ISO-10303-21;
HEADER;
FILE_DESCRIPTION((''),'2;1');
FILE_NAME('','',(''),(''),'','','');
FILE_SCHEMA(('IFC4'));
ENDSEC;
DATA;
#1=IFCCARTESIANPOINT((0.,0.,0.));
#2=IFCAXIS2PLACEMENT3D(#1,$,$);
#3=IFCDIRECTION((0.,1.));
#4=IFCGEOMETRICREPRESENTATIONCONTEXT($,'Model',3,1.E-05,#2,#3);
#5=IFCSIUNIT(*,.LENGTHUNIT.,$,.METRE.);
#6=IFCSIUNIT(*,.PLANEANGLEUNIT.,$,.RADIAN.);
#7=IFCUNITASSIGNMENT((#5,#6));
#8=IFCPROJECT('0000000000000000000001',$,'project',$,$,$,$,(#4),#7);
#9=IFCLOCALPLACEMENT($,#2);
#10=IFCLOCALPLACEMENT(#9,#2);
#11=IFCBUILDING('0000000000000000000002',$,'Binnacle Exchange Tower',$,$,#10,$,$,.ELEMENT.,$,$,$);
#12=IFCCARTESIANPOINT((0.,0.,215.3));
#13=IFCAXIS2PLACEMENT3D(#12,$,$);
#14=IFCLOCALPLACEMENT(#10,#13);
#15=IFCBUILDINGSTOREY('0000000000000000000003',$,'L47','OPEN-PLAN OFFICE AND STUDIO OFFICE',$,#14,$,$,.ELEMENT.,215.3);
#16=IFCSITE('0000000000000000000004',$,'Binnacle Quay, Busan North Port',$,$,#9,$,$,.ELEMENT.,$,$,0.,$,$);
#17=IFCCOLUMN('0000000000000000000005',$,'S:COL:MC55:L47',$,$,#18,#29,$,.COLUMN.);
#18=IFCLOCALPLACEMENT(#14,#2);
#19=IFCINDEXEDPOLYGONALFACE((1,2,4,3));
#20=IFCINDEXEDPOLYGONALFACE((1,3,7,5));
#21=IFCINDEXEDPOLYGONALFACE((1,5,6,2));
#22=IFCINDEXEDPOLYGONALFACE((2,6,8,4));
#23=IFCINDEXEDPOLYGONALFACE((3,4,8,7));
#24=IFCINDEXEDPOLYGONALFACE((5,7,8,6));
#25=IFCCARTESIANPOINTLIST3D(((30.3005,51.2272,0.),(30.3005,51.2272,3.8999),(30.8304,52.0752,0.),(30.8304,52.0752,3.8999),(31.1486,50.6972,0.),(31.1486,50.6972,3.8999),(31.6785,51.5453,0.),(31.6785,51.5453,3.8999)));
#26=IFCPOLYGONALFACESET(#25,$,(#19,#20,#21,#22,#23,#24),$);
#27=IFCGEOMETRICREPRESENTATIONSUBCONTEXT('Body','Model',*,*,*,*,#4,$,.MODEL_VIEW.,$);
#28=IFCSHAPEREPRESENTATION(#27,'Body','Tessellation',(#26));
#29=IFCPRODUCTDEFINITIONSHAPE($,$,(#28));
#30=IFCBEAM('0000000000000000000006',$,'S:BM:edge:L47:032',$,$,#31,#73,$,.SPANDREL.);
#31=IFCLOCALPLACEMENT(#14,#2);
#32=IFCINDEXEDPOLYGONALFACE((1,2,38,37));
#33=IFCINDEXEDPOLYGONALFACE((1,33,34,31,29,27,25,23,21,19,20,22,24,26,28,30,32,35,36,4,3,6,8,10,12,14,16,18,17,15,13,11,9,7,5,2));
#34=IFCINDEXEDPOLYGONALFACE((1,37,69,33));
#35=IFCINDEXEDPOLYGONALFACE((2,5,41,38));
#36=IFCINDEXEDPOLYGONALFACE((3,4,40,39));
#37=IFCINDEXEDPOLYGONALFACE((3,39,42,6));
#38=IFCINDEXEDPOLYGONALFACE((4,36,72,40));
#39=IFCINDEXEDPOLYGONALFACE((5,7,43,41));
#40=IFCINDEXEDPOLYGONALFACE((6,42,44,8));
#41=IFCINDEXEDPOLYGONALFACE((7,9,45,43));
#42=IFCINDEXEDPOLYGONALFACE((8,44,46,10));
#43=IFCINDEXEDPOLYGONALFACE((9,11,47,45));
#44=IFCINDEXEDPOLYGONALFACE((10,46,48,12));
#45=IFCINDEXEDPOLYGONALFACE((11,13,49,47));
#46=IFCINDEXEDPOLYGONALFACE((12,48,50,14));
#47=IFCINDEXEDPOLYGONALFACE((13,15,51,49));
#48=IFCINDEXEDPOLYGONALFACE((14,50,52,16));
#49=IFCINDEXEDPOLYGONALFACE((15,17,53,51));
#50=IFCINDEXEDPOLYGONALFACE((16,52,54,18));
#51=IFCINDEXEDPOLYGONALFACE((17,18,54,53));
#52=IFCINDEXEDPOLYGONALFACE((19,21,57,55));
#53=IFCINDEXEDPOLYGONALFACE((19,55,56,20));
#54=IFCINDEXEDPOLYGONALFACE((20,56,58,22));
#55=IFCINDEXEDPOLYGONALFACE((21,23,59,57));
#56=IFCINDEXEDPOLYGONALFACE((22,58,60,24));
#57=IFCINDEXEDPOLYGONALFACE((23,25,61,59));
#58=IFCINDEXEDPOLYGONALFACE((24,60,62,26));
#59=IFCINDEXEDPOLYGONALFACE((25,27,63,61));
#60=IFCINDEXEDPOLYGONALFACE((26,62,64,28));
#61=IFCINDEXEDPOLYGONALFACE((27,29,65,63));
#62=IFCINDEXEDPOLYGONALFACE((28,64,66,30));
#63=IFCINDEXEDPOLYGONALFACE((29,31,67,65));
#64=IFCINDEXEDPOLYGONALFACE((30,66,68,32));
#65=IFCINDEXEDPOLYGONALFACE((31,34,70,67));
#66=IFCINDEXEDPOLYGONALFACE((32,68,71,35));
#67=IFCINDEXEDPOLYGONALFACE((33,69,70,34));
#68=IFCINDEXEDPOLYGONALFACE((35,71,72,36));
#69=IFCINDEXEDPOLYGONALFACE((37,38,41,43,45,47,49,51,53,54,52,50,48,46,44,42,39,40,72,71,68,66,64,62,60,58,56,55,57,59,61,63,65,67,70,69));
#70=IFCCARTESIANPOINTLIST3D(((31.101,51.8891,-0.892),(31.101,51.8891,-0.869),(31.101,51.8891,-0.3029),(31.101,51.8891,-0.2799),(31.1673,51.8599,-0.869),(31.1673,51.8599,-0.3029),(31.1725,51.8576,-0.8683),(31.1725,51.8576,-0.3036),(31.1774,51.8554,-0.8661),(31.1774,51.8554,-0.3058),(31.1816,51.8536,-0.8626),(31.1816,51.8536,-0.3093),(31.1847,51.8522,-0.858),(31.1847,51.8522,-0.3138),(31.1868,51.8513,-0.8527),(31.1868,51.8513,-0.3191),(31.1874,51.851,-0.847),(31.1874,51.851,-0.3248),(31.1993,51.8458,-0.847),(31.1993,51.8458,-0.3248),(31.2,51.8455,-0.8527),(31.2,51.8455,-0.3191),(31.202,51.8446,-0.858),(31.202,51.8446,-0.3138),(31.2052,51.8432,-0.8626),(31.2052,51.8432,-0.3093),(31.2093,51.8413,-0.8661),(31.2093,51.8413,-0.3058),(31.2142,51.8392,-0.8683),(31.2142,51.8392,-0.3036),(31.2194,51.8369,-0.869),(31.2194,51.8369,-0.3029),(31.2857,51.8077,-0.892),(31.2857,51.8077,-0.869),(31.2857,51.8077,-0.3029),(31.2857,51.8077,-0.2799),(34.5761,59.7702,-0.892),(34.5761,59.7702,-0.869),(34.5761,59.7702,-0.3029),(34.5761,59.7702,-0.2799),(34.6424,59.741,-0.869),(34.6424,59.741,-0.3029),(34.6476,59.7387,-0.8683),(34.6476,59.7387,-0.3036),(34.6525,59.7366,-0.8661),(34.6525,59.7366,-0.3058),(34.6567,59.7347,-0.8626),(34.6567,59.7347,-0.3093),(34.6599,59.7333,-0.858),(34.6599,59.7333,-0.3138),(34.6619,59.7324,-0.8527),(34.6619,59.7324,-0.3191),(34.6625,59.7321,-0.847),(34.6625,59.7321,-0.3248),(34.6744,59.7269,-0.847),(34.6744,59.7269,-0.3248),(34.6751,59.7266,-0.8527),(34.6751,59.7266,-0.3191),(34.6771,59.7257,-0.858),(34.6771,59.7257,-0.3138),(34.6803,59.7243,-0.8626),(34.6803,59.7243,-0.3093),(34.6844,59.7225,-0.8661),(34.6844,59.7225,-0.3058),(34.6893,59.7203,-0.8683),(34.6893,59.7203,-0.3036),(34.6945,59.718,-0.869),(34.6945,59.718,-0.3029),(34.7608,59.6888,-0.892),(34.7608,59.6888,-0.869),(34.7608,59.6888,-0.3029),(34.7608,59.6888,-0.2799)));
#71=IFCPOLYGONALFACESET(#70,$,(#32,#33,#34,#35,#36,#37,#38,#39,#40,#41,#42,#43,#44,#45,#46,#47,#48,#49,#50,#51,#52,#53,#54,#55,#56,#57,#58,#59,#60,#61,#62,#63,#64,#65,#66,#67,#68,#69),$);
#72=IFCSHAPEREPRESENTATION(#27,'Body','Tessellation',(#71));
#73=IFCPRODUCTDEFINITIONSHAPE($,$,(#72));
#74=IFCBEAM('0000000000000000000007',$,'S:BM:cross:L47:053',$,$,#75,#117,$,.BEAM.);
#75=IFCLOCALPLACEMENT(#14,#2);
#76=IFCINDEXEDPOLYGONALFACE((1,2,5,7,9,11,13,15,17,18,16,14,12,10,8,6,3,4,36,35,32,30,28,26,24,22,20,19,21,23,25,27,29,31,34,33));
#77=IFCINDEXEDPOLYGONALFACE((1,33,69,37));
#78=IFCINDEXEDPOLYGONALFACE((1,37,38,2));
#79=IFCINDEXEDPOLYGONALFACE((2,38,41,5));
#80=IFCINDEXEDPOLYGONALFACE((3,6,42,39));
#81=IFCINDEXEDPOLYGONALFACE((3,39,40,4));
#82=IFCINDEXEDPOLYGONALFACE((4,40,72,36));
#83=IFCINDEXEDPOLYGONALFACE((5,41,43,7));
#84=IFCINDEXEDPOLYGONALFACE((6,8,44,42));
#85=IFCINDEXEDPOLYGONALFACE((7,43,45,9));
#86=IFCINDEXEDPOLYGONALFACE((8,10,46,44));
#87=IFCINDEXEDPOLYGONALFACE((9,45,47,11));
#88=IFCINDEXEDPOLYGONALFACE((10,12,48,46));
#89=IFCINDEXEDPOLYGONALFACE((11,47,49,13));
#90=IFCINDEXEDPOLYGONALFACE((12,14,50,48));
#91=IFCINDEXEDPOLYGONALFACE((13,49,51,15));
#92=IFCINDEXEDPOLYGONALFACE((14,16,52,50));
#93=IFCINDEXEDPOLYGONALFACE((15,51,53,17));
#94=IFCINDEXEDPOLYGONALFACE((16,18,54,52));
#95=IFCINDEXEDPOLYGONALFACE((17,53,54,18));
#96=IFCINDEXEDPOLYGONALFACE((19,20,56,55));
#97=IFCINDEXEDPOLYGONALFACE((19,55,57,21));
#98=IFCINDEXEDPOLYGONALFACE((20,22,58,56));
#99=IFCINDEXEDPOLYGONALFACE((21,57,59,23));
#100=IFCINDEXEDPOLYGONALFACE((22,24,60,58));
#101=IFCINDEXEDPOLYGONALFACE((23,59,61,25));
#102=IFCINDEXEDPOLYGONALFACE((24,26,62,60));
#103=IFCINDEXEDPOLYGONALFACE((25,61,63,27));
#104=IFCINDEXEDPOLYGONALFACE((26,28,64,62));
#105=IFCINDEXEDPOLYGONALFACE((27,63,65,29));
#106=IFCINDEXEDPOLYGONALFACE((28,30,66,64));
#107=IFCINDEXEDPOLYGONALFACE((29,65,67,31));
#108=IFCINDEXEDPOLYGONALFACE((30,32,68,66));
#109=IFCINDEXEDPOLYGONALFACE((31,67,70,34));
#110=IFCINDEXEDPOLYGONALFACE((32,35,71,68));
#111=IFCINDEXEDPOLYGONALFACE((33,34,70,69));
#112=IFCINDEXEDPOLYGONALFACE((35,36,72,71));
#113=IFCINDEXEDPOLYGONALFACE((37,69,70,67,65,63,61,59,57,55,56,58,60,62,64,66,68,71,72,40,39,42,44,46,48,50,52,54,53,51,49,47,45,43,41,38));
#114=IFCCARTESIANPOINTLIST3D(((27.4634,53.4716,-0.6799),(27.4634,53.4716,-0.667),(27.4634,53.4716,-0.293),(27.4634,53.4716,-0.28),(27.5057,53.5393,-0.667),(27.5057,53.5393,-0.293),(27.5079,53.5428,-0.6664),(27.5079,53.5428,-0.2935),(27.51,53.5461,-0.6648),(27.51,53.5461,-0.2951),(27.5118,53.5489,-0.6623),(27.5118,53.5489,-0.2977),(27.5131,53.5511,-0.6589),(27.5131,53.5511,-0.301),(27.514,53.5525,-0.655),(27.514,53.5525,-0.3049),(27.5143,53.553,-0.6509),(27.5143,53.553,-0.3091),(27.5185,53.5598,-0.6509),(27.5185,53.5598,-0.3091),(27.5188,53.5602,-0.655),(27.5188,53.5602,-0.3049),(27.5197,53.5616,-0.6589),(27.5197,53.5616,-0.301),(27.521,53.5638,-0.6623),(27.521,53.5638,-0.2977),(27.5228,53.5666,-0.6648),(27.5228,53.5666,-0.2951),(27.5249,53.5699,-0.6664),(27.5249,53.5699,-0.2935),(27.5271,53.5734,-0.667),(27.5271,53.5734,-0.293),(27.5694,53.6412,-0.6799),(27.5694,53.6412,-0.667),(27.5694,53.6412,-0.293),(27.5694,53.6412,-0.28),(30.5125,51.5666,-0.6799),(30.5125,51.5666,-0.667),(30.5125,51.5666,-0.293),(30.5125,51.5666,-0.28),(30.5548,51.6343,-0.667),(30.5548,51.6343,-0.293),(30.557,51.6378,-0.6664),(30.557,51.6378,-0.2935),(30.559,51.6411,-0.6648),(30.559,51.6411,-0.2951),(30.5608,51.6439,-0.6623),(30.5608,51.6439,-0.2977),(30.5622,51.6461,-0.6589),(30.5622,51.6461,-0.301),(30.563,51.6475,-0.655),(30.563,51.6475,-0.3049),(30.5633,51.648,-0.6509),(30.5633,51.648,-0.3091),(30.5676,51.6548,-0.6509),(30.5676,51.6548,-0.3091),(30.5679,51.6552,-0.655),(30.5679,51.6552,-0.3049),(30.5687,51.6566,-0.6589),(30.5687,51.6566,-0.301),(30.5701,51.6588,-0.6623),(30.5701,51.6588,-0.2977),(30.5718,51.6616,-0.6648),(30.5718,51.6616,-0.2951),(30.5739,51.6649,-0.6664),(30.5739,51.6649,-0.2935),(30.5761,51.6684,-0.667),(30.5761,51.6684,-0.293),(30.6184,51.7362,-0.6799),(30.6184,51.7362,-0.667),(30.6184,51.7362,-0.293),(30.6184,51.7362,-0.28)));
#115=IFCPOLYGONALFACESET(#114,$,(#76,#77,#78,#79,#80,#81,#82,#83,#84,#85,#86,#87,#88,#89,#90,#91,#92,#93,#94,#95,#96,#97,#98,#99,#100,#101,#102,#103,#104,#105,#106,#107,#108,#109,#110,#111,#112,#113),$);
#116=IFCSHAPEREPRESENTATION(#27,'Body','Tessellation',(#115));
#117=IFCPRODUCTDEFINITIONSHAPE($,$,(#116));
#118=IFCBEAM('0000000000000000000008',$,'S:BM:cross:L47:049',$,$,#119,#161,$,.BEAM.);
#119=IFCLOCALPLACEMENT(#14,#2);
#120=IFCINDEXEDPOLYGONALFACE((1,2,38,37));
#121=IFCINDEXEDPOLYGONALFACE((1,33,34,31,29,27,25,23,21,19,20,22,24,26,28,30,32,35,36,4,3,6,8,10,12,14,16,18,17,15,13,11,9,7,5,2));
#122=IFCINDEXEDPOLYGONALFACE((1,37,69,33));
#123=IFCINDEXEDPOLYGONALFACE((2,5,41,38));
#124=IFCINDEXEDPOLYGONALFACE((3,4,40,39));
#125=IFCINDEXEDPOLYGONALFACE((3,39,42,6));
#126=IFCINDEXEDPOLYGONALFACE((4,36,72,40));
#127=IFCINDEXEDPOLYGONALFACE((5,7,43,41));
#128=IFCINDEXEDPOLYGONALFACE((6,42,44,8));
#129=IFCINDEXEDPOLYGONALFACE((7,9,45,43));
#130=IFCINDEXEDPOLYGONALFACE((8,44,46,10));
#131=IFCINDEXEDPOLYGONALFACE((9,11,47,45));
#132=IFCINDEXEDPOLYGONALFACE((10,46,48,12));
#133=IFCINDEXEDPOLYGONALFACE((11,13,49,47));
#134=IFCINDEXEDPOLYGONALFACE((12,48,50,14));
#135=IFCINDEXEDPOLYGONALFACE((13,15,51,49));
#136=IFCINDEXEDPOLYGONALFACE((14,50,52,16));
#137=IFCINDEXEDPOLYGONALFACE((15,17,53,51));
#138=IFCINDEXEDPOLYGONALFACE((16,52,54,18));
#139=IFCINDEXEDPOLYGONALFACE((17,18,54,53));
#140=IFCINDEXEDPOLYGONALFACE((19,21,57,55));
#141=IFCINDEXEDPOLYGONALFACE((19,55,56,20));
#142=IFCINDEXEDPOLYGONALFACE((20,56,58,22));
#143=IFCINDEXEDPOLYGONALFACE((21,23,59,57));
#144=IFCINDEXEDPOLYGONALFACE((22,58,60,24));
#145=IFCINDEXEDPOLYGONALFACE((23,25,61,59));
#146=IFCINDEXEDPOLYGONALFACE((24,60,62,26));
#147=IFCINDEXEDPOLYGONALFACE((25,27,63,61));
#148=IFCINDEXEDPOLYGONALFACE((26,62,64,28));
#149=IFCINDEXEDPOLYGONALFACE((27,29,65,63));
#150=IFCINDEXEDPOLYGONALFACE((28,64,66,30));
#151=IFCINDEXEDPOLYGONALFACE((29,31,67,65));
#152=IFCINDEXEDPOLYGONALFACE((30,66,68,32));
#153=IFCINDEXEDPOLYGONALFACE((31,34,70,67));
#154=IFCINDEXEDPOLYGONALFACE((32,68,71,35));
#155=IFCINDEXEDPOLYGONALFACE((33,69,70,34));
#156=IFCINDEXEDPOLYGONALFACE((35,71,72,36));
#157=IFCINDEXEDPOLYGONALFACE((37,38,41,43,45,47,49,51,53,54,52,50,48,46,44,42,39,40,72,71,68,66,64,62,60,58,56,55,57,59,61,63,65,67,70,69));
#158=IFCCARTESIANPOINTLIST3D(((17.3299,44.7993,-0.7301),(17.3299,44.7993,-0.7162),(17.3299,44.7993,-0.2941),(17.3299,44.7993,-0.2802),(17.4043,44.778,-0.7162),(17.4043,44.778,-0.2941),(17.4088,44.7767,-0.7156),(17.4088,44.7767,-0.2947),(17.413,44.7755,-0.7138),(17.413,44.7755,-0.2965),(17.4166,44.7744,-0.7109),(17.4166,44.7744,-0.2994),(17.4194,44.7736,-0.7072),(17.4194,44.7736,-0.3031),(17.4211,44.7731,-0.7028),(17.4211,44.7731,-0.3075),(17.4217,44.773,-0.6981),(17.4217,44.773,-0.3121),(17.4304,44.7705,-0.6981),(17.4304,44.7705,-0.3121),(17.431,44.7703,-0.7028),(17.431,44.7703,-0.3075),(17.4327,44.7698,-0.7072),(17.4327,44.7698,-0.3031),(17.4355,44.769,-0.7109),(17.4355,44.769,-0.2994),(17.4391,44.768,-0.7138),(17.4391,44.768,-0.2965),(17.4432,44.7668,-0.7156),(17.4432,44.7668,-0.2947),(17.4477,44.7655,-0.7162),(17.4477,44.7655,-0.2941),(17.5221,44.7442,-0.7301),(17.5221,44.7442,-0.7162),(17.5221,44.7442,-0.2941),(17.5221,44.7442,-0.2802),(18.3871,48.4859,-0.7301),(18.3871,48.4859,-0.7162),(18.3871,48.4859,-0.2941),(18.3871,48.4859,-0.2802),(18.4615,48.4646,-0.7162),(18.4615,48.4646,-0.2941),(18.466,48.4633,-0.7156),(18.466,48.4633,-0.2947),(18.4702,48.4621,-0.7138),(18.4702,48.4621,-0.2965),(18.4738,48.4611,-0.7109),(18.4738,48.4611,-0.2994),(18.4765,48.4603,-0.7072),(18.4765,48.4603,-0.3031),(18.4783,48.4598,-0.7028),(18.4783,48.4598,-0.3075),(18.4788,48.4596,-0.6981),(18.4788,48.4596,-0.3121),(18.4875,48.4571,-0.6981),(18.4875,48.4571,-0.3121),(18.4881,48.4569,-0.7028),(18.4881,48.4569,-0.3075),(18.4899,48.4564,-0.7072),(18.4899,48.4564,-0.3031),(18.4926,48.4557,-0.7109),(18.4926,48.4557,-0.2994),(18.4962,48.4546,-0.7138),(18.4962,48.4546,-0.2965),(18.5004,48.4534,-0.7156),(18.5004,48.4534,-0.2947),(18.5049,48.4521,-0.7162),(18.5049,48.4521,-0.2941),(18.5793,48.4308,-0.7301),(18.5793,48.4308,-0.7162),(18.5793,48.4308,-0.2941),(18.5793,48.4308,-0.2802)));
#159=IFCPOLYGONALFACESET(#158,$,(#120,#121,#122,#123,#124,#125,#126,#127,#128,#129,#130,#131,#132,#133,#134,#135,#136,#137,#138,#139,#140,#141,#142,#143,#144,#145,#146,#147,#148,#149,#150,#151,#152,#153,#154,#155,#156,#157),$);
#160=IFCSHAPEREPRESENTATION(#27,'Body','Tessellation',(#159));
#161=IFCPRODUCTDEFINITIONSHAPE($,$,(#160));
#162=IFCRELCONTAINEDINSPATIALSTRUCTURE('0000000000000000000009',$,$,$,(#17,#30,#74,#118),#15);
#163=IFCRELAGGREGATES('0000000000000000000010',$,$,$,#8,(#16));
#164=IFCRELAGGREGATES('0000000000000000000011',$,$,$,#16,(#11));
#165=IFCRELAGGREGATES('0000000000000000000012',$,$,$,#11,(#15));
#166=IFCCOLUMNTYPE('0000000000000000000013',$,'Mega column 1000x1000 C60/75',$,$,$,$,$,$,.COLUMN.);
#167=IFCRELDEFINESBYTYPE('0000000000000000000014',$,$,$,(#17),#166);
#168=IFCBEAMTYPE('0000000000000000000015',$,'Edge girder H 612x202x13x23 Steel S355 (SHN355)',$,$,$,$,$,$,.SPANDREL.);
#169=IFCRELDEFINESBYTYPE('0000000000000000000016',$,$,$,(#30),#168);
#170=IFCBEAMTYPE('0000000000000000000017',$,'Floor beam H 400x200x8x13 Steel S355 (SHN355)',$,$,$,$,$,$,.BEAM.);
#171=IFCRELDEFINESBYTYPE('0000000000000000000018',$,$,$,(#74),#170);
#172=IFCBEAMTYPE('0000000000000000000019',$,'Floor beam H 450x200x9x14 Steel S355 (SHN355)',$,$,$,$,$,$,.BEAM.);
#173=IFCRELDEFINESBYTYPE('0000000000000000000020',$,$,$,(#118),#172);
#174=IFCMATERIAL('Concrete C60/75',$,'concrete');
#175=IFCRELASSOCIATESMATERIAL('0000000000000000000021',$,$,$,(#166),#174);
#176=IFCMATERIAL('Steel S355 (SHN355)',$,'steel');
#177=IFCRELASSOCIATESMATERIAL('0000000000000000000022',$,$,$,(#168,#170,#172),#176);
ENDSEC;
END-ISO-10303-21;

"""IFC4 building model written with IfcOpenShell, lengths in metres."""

from ifc_helpers import new_model, si_unit, direction, frame, origin, origin_2d, place, context, subcontext, project, spatial, rectangle, i_section, extrude, material, material_profile, profile_set, type_object, element, save


model = new_model("IFC4")

# Units and contexts
model_context = context("Model", 3, precision=1e-05, world=origin(), true_north=direction((0.0, 1.0)))
body_context = subcontext(model_context, "Body", "Model", "MODEL_VIEW")
ifc_project = project(units=[si_unit("LENGTHUNIT", "METRE"), si_unit("PLANEANGLEUNIT", "RADIAN")], contexts=[model_context])

# Site, building, storey
site_placement = place(None, origin())
site = spatial("IfcSite", under=ifc_project, at=site_placement, Name="Binnacle Quay, Busan North Port", CompositionType="ELEMENT", RefElevation=0.0)
building_placement = place(site_placement, origin())
building = spatial("IfcBuilding", under=site, at=building_placement, Name="Binnacle Exchange Tower", CompositionType="ELEMENT")
storey_placement = place(building_placement, frame((0.0, 0.0, 215.3)))
storey = spatial("IfcBuildingStorey", under=building, at=storey_placement, Name="L47", Description="OPEN-PLAN OFFICE AND STUDIO OFFICE", CompositionType="ELEMENT", Elevation=215.3)

# Column
ifc_material_1 = material(Name="Concrete C60/75", Category="concrete")
ifc_material_profile_1 = material_profile(ifc_material_1, rectangle(XDim=1.0, YDim=1.0, at=origin_2d()), Name="Mega column 1000x1000 C60/75")
ifc_profile_set_1 = profile_set([ifc_material_profile_1], Name="Concrete C60/75")
column_type = type_object("IfcColumnType", Name="Mega column 1000x1000 C60/75", PredefinedType="COLUMN", material=ifc_profile_set_1)
column_placement = place(storey_placement, frame((30.9895, 51.3862, 0.0), z_axis=(0.0, 0.0, 1.0), x_axis=(0.529919, 0.848048, 0.0)))
element("IfcColumn", 1, at=column_placement, inside=storey, type_object=column_type, Name="S:COL:MC55:L47", PredefinedType="COLUMN", context=body_context, shape_type="SweptSolid", body=[
    extrude(rectangle(XDim=1.0, YDim=1.0, at=origin_2d()), origin(), (0.0, 0.0, 1.0), 3.8999),
])

# Beams
ifc_material_2 = material(Name="Steel S355 (SHN355)", Category="steel")
ifc_material_profile_2 = material_profile(ifc_material_2, i_section(OverallWidth=0.2019, OverallDepth=0.6121, WebThickness=0.0129, FlangeThickness=0.0229, FilletRadius=0.022, at=origin_2d()), Name="H 612x202x13x23")
ifc_profile_set_2 = profile_set([ifc_material_profile_2], Name="Steel S355 (SHN355)")
beam_type_1 = type_object("IfcBeamType", Name="Edge girder H 612x202x13x23 Steel S355 (SHN355)", PredefinedType="SPANDREL", material=ifc_profile_set_2)
beam_1_placement = place(storey_placement, frame((31.1934, 51.8484, -0.5859), z_axis=(0.403459, 0.914998, 0.0), x_axis=(-0.914998, 0.403459, 0.0)))
element("IfcBeam", 2, at=beam_1_placement, inside=storey, type_object=beam_type_1, Name="S:BM:edge:L47:032", PredefinedType="SPANDREL", context=body_context, shape_type="SweptSolid", body=[
    extrude(i_section(OverallWidth=0.2019, OverallDepth=0.6121, WebThickness=0.0129, FlangeThickness=0.0229, FilletRadius=0.022, at=origin_2d()), origin(), (0.0, 0.0, 1.0), 8.6133),
])
ifc_material_profile_3 = material_profile(ifc_material_2, i_section(OverallWidth=0.2, OverallDepth=0.3999, WebThickness=0.0081, FlangeThickness=0.0129, FilletRadius=0.0161, at=origin_2d()), Name="H 400x200x8x13")
ifc_profile_set_3 = profile_set([ifc_material_profile_3], Name="Steel S355 (SHN355)")
beam_type_2 = type_object("IfcBeamType", Name="Floor beam H 400x200x8x13 Steel S355 (SHN355)", PredefinedType="BEAM", material=ifc_profile_set_3)
beam_2_placement = place(storey_placement, frame((30.5654, 51.6514, -0.48), z_axis=(-0.848078, 0.529871, 0.0), x_axis=(-0.529871, -0.848078, 0.0)))
element("IfcBeam", 3, at=beam_2_placement, inside=storey, type_object=beam_type_2, Name="S:BM:cross:L47:053", PredefinedType="BEAM", context=body_context, shape_type="SweptSolid", body=[
    extrude(i_section(OverallWidth=0.2, OverallDepth=0.3999, WebThickness=0.0081, FlangeThickness=0.0129, FilletRadius=0.0161, at=origin_2d()), origin(), (0.0, 0.0, 1.0), 3.5952),
])
ifc_material_profile_4 = material_profile(ifc_material_2, i_section(OverallWidth=0.2, OverallDepth=0.45, WebThickness=0.009, FlangeThickness=0.0139, FilletRadius=0.0181, at=origin_2d()), Name="H 450x200x9x14")
ifc_profile_set_4 = profile_set([ifc_material_profile_4], Name="Steel S355 (SHN355)")
beam_type_3 = type_object("IfcBeamType", Name="Floor beam H 450x200x9x14 Steel S355 (SHN355)", PredefinedType="BEAM", material=ifc_profile_set_4)
beam_3_placement = place(storey_placement, frame((17.426, 44.7717, -0.5051), z_axis=(0.275646, 0.961259, 0.0), x_axis=(-0.961259, 0.275646, 0.0)))
element("IfcBeam", 4, at=beam_3_placement, inside=storey, type_object=beam_type_3, Name="S:BM:cross:L47:049", PredefinedType="BEAM", context=body_context, shape_type="SweptSolid", body=[
    extrude(i_section(OverallWidth=0.2, OverallDepth=0.45, WebThickness=0.009, FlangeThickness=0.0139, FilletRadius=0.0181, at=origin_2d()), origin(), (0.0, 0.0, 1.0), 3.8352),
])

save(model, "model.ifc")
